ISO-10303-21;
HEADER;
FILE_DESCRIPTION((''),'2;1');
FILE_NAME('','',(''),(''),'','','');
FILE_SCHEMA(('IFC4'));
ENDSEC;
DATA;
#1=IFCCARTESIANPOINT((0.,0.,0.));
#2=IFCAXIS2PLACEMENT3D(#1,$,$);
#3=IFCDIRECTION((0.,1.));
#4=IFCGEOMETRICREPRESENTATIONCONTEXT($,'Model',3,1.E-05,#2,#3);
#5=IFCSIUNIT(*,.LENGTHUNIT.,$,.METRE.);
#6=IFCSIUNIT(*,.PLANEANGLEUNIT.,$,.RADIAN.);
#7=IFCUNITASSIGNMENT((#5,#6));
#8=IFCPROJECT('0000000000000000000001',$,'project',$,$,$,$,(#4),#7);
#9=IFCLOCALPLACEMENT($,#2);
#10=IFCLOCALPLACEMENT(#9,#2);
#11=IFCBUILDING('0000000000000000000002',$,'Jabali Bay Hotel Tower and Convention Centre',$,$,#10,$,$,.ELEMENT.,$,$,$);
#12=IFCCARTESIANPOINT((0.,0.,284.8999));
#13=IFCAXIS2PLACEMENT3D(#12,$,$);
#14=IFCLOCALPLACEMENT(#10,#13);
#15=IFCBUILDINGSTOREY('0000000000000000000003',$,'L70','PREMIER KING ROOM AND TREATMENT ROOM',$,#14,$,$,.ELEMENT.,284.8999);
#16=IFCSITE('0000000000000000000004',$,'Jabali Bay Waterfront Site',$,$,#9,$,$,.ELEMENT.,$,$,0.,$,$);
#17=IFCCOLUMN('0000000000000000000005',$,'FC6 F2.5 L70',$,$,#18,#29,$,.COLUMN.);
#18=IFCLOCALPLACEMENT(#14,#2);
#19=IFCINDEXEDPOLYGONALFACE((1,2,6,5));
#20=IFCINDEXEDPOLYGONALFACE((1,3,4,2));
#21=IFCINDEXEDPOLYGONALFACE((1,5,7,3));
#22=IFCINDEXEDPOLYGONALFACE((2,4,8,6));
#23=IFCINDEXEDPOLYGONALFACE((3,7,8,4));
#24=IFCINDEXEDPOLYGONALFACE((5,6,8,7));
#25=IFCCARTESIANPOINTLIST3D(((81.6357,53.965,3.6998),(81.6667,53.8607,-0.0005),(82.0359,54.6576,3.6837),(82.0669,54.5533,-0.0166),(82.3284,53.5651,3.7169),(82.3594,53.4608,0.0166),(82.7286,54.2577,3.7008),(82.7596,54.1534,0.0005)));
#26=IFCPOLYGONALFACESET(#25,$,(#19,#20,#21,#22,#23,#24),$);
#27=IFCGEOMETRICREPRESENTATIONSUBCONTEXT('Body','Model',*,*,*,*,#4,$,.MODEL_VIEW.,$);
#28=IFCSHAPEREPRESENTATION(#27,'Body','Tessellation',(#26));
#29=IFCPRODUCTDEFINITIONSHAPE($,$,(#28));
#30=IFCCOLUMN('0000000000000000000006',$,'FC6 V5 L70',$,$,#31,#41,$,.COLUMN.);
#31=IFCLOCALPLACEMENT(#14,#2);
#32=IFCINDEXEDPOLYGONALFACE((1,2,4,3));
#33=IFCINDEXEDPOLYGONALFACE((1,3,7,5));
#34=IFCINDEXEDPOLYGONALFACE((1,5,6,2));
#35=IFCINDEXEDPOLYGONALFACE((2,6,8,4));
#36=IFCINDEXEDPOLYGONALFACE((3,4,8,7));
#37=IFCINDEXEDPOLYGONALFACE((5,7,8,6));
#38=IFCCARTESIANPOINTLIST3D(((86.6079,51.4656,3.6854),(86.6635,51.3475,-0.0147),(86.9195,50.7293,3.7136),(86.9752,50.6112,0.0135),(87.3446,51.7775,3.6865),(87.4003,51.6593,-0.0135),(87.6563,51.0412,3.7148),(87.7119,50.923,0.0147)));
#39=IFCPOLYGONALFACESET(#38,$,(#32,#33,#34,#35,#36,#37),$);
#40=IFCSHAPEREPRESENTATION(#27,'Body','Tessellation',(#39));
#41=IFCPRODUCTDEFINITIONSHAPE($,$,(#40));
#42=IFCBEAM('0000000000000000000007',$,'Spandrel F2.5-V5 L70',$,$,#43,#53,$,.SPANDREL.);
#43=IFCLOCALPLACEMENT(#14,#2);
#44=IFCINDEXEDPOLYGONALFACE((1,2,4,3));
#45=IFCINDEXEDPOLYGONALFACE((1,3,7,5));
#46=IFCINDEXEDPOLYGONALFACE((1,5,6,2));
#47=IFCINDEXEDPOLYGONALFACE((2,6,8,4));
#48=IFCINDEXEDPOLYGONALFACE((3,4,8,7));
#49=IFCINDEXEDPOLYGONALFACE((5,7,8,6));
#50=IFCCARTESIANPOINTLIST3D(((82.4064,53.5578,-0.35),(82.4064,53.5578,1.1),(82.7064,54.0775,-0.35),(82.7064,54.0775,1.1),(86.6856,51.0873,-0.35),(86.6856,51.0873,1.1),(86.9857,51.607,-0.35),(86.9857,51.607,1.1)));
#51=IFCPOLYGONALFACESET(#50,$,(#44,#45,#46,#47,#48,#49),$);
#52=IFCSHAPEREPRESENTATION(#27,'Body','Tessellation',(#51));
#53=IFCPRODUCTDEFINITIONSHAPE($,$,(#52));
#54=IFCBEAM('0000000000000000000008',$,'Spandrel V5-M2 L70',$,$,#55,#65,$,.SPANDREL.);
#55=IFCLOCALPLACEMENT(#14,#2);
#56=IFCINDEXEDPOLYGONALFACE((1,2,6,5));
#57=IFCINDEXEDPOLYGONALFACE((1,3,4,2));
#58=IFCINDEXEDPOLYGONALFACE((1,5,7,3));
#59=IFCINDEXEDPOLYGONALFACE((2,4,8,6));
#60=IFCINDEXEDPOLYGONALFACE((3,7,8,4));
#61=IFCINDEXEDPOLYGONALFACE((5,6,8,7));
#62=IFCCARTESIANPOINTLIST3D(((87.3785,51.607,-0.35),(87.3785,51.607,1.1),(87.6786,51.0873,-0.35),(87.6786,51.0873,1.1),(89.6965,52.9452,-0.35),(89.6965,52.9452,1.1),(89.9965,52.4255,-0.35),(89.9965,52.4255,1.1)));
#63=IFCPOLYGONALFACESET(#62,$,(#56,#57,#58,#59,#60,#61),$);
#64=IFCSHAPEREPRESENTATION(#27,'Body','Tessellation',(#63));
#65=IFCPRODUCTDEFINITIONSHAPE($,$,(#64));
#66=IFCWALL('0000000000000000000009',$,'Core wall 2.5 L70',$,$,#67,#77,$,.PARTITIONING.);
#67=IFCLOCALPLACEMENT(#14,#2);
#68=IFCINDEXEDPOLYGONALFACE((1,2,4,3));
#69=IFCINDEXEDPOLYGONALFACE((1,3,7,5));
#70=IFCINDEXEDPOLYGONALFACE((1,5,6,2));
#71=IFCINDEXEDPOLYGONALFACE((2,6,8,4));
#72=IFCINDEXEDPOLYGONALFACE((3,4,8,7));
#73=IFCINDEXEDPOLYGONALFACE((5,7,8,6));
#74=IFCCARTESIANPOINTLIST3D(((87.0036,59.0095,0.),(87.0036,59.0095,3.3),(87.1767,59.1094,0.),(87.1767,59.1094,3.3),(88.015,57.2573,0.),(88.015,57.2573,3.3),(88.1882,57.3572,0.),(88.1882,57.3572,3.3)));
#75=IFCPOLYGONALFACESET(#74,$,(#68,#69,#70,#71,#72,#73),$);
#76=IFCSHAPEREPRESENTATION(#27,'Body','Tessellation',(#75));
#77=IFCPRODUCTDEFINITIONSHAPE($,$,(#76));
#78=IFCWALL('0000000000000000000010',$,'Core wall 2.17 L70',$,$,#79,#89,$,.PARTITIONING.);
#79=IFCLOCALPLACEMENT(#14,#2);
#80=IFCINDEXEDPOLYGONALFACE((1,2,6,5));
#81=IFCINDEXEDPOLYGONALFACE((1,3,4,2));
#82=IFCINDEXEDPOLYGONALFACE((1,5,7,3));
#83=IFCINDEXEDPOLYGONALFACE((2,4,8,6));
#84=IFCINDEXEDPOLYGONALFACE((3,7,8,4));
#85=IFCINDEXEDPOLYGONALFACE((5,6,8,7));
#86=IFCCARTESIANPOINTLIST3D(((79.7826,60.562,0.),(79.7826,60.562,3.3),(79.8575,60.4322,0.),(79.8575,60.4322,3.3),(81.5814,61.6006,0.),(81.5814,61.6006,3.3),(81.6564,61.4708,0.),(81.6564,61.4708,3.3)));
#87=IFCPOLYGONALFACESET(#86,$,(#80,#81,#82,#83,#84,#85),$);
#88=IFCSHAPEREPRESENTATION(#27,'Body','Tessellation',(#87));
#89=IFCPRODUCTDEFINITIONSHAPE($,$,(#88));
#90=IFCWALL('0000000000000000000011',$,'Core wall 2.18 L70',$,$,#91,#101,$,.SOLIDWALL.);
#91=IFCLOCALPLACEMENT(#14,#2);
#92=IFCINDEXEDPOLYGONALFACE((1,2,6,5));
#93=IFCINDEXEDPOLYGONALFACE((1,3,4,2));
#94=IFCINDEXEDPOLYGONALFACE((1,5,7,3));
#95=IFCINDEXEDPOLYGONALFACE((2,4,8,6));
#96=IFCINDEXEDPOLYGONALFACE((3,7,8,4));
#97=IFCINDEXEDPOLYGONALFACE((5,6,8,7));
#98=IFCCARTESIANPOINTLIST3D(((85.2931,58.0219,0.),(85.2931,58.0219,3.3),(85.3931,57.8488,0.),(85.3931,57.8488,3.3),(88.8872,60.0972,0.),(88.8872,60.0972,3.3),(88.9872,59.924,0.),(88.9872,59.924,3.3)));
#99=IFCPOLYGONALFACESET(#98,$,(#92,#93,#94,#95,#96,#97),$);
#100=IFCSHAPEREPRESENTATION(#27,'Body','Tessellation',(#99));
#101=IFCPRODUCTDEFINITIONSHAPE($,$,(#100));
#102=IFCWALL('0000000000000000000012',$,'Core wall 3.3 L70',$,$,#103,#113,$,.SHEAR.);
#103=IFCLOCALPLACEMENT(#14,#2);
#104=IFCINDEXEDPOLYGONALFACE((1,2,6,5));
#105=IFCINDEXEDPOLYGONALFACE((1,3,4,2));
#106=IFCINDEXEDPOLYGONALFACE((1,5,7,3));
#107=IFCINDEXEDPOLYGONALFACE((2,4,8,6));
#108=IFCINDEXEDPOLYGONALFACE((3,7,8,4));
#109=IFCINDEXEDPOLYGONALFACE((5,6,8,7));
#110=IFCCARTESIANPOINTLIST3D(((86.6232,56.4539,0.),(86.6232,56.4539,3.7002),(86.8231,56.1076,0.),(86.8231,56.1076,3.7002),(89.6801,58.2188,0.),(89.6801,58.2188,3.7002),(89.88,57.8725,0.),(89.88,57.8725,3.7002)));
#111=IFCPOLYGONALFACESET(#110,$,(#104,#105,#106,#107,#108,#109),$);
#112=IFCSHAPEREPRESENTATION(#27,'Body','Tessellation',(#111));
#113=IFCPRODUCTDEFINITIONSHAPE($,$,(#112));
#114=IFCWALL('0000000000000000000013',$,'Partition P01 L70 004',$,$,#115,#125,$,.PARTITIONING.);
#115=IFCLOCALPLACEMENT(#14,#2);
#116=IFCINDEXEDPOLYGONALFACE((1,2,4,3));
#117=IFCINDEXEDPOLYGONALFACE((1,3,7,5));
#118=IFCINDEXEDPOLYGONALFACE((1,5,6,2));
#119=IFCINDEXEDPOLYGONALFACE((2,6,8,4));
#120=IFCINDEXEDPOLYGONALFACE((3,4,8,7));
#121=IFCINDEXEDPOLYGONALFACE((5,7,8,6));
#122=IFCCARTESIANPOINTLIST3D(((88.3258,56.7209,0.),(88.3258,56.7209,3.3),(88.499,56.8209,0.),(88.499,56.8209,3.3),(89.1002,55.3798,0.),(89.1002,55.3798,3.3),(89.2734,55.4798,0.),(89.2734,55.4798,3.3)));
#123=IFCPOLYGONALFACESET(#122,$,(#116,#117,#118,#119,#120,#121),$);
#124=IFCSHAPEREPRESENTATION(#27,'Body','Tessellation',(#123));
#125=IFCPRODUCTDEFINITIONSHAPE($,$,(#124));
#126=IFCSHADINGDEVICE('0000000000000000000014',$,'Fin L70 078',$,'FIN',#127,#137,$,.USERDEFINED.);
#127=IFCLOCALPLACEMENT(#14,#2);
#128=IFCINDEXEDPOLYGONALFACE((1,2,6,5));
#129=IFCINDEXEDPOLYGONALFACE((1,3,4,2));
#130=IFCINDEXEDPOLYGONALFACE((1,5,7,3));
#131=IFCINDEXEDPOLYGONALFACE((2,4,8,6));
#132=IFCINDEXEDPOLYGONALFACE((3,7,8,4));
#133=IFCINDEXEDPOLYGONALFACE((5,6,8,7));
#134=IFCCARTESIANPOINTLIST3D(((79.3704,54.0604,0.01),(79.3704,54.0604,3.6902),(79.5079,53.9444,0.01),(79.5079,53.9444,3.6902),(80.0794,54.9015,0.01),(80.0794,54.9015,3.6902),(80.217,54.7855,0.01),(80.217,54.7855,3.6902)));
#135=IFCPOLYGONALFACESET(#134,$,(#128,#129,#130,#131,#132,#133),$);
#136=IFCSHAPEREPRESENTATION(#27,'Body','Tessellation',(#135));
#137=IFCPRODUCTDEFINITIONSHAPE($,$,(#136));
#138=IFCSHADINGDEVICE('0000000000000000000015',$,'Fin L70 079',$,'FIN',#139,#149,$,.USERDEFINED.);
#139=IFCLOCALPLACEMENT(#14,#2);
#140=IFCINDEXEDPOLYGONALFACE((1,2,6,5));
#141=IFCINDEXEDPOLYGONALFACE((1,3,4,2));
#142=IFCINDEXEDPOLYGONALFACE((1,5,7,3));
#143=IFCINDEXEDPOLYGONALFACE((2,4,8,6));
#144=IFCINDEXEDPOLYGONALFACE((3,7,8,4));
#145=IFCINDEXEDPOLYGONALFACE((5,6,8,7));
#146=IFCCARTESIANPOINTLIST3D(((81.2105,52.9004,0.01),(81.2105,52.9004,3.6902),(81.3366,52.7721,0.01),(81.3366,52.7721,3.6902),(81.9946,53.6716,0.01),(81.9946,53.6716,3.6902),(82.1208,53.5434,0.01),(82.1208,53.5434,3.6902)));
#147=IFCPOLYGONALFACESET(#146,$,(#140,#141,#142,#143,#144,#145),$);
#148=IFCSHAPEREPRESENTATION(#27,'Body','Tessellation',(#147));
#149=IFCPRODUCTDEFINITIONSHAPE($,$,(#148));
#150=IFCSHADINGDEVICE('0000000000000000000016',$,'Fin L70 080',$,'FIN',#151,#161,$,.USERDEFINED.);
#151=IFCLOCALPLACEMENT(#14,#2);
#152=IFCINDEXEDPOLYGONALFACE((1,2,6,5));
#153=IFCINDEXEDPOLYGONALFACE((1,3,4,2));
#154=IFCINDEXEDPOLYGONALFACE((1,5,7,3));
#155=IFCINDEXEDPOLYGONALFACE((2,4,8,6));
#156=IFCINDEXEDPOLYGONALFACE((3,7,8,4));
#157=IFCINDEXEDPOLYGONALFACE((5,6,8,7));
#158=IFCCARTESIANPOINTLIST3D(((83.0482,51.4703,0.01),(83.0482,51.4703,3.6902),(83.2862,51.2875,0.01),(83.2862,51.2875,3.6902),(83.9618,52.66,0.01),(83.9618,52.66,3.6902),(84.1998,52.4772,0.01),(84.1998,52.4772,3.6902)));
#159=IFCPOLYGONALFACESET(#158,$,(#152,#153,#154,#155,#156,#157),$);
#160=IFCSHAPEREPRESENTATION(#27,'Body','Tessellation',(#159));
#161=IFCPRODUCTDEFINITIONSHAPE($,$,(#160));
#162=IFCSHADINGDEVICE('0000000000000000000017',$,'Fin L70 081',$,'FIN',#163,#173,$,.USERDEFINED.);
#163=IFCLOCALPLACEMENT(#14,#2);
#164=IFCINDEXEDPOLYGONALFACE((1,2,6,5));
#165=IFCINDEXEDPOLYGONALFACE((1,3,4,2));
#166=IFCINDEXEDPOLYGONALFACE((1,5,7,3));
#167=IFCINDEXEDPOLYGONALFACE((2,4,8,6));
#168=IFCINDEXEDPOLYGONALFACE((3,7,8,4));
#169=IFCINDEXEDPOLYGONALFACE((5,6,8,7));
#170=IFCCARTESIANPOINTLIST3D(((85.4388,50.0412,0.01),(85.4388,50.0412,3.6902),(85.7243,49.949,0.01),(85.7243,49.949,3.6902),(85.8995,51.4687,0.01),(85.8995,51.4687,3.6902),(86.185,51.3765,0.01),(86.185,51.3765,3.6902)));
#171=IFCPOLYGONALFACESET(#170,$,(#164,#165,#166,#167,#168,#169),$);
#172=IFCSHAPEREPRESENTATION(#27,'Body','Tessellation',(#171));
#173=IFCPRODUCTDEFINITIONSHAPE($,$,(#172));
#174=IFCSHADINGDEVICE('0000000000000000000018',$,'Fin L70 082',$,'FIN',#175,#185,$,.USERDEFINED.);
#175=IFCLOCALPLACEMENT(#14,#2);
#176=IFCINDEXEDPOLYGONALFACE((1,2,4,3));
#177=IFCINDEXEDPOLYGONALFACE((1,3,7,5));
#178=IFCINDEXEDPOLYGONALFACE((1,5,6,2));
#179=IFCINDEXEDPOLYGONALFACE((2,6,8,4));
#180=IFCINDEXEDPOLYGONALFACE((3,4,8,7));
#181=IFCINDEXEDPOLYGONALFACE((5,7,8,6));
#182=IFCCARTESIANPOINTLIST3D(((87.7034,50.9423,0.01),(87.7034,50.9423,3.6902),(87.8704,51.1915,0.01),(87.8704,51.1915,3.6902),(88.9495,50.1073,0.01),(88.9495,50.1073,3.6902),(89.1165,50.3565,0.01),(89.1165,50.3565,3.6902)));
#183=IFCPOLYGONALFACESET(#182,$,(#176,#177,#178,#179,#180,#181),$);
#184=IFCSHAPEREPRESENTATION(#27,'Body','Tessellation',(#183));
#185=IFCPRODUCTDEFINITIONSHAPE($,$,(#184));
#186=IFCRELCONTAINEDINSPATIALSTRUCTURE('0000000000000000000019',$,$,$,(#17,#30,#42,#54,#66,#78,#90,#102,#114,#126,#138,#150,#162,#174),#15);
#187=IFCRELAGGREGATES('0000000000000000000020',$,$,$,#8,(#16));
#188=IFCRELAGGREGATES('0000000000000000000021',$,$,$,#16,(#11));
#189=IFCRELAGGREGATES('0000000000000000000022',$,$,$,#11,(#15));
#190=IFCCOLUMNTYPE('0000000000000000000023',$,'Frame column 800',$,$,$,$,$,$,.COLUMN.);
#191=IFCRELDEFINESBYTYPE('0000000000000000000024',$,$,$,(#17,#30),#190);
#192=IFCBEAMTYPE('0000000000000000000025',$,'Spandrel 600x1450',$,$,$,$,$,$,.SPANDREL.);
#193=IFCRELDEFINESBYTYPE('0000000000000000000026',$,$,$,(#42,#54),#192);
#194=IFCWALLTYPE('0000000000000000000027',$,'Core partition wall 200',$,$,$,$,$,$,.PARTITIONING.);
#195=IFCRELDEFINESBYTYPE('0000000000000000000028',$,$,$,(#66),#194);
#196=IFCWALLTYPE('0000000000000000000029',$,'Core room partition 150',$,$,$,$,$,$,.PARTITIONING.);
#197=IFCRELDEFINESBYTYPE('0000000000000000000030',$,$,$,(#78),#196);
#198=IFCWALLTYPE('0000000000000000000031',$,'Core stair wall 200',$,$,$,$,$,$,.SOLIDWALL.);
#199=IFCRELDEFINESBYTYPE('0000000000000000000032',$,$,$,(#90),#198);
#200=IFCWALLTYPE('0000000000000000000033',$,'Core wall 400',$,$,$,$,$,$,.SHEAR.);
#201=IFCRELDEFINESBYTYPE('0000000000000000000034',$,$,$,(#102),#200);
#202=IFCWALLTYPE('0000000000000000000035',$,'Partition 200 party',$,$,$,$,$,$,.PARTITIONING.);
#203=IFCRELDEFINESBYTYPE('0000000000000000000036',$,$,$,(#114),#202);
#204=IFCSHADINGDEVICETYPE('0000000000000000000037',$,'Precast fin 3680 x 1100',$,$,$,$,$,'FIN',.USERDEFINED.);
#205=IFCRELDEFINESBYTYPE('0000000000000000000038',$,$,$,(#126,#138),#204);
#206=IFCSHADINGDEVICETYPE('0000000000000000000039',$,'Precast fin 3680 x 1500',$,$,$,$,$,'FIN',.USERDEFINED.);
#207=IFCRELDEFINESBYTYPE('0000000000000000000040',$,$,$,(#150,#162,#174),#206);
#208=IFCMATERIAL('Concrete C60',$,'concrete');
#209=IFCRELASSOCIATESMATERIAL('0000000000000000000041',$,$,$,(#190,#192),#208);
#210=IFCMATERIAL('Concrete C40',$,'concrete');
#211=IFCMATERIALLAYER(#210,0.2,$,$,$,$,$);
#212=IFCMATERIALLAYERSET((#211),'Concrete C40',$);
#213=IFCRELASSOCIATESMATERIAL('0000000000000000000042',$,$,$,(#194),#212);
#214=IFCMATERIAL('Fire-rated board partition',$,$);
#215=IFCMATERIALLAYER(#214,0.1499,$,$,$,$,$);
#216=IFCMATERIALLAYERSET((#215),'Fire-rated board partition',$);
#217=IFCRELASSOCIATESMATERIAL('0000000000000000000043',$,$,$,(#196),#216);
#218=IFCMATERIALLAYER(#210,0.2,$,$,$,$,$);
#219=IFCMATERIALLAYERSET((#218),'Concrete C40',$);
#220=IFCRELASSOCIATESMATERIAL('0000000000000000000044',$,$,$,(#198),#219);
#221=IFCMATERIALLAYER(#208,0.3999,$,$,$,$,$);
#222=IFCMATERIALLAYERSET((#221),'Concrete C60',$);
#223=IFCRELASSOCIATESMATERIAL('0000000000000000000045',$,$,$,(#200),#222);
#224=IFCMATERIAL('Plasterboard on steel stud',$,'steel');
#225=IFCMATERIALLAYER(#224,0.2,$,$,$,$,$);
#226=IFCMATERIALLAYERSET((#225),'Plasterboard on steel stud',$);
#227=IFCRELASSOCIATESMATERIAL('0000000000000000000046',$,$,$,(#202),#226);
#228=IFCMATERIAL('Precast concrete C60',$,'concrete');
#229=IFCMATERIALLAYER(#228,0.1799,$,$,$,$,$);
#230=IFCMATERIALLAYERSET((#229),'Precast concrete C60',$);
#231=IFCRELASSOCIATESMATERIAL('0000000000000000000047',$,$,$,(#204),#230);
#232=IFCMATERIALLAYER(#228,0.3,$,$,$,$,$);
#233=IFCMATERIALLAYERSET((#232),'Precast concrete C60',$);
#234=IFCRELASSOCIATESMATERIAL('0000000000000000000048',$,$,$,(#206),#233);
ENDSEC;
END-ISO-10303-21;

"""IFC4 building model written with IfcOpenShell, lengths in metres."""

from ifc_helpers import new_model, si_unit, direction, frame, frame_2d, origin, origin_2d, place, context, subcontext, project, spatial, rectangle, extrude, material, layer, layer_set, material_profile, profile_set, type_object, element, save


model = new_model("IFC4")

# Units and contexts
model_context = context("Model", 3, precision=1e-05, world=origin(), true_north=direction((0.0, 1.0)))
body_context = subcontext(model_context, "Body", "Model", "MODEL_VIEW")
ifc_project = project(units=[si_unit("LENGTHUNIT", "METRE"), si_unit("PLANEANGLEUNIT", "RADIAN")], contexts=[model_context])

# Site, building, storey
site_placement = place(None, origin())
site = spatial("IfcSite", under=ifc_project, at=site_placement, Name="Jabali Bay Waterfront Site", CompositionType="ELEMENT", RefElevation=0.0)
building_placement = place(site_placement, origin())
building = spatial("IfcBuilding", under=site, at=building_placement, Name="Jabali Bay Hotel Tower and Convention Centre", CompositionType="ELEMENT")
storey_placement = place(building_placement, frame((0.0, 0.0, 284.8999)))
storey = spatial("IfcBuildingStorey", under=building, at=storey_placement, Name="L70", Description="PREMIER KING ROOM AND TREATMENT ROOM", CompositionType="ELEMENT", Elevation=284.8999)

# Columns
ifc_material_1 = material(Name="Concrete C60", Category="concrete")
ifc_material_profile_1 = material_profile(ifc_material_1, rectangle(XDim=0.8, YDim=0.8, at=origin_2d()), Name="Frame column 800")
ifc_profile_set_1 = profile_set([ifc_material_profile_1], Name="Concrete C60")
column_type = type_object("IfcColumnType", Name="Frame column 800", PredefinedType="COLUMN", material=ifc_profile_set_1)
column_1_placement = place(storey_placement, frame((82.2131, 54.0071, 0.0), z_axis=(-0.008376, 0.028161, 0.999568), x_axis=(-0.50023, -0.865657, 0.020197)))
element("IfcColumn", 1, at=column_1_placement, inside=storey, type_object=column_type, Name="FC6 F2.5 L70", PredefinedType="COLUMN", context=body_context, shape_type="SweptSolid", body=[
    extrude(rectangle(XDim=0.8, YDim=0.8, at=origin_2d()), origin(), (0.0, 0.0, 1.0), 3.7019),
])
column_2_placement = place(storey_placement, frame((87.1877, 51.1353, 0.0), z_axis=(-0.015034, 0.031915, 0.999378), x_axis=(0.389521, -0.920343, 0.035251)))
element("IfcColumn", 2, at=column_2_placement, inside=storey, type_object=column_type, Name="FC6 V5 L70", PredefinedType="COLUMN", context=body_context, shape_type="SweptSolid", body=[
    extrude(rectangle(XDim=0.8, YDim=0.8, at=origin_2d()), origin(), (0.0, 0.0, 1.0), 3.7024),
])

# Beams
ifc_material_profile_2 = material_profile(ifc_material_1, rectangle(XDim=0.6001, YDim=1.45, at=origin_2d()), Name="Spandrel 600x1450")
ifc_profile_set_2 = profile_set([ifc_material_profile_2], Name="Concrete C60")
beam_type = type_object("IfcBeamType", Name="Spandrel 600x1450", PredefinedType="SPANDREL", material=ifc_profile_set_2)
beam_1_placement = place(storey_placement, frame((82.5564, 53.8176, 0.375), z_axis=(0.866042, -0.499971, 0.0), x_axis=(0.499971, 0.866042, 0.0)))
element("IfcBeam", 3, at=beam_1_placement, inside=storey, type_object=beam_type, Name="Spandrel F2.5-V5 L70", PredefinedType="SPANDREL", context=body_context, shape_type="SweptSolid", body=[
    extrude(rectangle(XDim=0.6001, YDim=1.45, at=origin_2d()), origin(), (0.0, 0.0, 1.0), 4.9412),
])
beam_2_placement = place(storey_placement, frame((87.5286, 51.3472, 0.375), z_axis=(0.86604, 0.499975, 0.0), x_axis=(-0.499975, 0.86604, 0.0)))
element("IfcBeam", 4, at=beam_2_placement, inside=storey, type_object=beam_type, Name="Spandrel V5-M2 L70", PredefinedType="SPANDREL", context=body_context, shape_type="SweptSolid", body=[
    extrude(rectangle(XDim=0.6001, YDim=1.45, at=origin_2d()), origin(), (0.0, 0.0, 1.0), 2.6765),
])

# Walls
ifc_material_2 = material(Name="Concrete C40", Category="concrete")
ifc_layer_1 = layer(ifc_material_2, 0.2)
ifc_layer_set_1 = layer_set([ifc_layer_1], Name="Concrete C40")
wall_type_1 = type_object("IfcWallType", Name="Core partition wall 200", PredefinedType="PARTITIONING", material=ifc_layer_set_1)
wall_1_placement = place(storey_placement, frame((87.0901, 59.0596, 0.0), z_axis=(0.0, 0.0, 1.0), x_axis=(0.499942, -0.866059, 0.0)))
element("IfcWall", 5, at=wall_1_placement, inside=storey, type_object=wall_type_1, Name="Core wall 2.5 L70", PredefinedType="PARTITIONING", context=body_context, shape_type="SweptSolid", body=[
    extrude(rectangle(XDim=2.0232, YDim=0.2, at=frame_2d((1.0117, 0.0))), origin(), (0.0, 0.0, 1.0), 3.3),
])
ifc_material_3 = material(Name="Fire-rated board partition")
ifc_layer_2 = layer(ifc_material_3, 0.1499)
ifc_layer_set_2 = layer_set([ifc_layer_2], Name="Fire-rated board partition")
wall_type_2 = type_object("IfcWallType", Name="Core room partition 150", PredefinedType="PARTITIONING", material=ifc_layer_set_2)
wall_2_placement = place(storey_placement, frame((79.8201, 60.4971, 0.0), z_axis=(0.0, 0.0, 1.0), x_axis=(0.866021, 0.500007, 0.0)))
element("IfcWall", 6, at=wall_2_placement, inside=storey, type_object=wall_type_2, Name="Core wall 2.17 L70", PredefinedType="PARTITIONING", context=body_context, shape_type="SweptSolid", body=[
    extrude(rectangle(XDim=2.0771, YDim=0.1499, at=frame_2d((1.0386, 0.0))), origin(), (0.0, 0.0, 1.0), 3.3),
])
ifc_layer_3 = layer(ifc_material_2, 0.2)
ifc_layer_set_3 = layer_set([ifc_layer_3], Name="Concrete C40")
wall_type_3 = type_object("IfcWallType", Name="Core stair wall 200", PredefinedType="SOLIDWALL", material=ifc_layer_set_3)
wall_3_placement = place(storey_placement, frame((85.343, 57.9353, 0.0), z_axis=(0.0, 0.0, 1.0), x_axis=(0.866004, 0.500036, 0.0)))
element("IfcWall", 7, at=wall_3_placement, inside=storey, type_object=wall_type_3, Name="Core wall 2.18 L70", PredefinedType="SOLIDWALL", context=body_context, shape_type="SweptSolid", body=[
    extrude(rectangle(XDim=4.1501, YDim=0.2, at=frame_2d((2.0752, 0.0))), origin(), (0.0, 0.0, 1.0), 3.3),
])
ifc_layer_4 = layer(ifc_material_1, 0.3999)
ifc_layer_set_4 = layer_set([ifc_layer_4], Name="Concrete C60")
wall_type_4 = type_object("IfcWallType", Name="Core wall 400", PredefinedType="SHEAR", material=ifc_layer_set_4)
wall_4_placement = place(storey_placement, frame((86.7231, 56.2808, 0.0), z_axis=(0.0, 0.0, 1.0), x_axis=(0.866025, 0.5, 0.0)))
element("IfcWall", 8, at=wall_4_placement, inside=storey, type_object=wall_type_4, Name="Core wall 3.3 L70", PredefinedType="SHEAR", context=body_context, shape_type="SweptSolid", body=[
    extrude(rectangle(XDim=3.5298, YDim=0.3999, at=frame_2d((1.7649, 0.0))), origin(), (0.0, 0.0, 1.0), 3.7002),
])

# Wall
ifc_material_4 = material(Name="Plasterboard on steel stud", Category="steel")
ifc_layer_5 = layer(ifc_material_4, 0.2)
ifc_layer_set_5 = layer_set([ifc_layer_5], Name="Plasterboard on steel stud")
wall_type_5 = type_object("IfcWallType", Name="Partition 200 party", PredefinedType="PARTITIONING", material=ifc_layer_set_5)
wall_5_placement = place(storey_placement, frame((88.4124, 56.771, 0.0), z_axis=(0.0, 0.0, 1.0), x_axis=(0.500073, -0.865983, 0.0)))
element("IfcWall", 9, at=wall_5_placement, inside=storey, type_object=wall_type_5, Name="Partition P01 L70 004", PredefinedType="PARTITIONING", context=body_context, shape_type="SweptSolid", body=[
    extrude(rectangle(XDim=1.5486, YDim=0.2, at=frame_2d((0.7744, 0.0))), origin(), (0.0, 0.0, 1.0), 3.3),
])

# Shading devices
ifc_material_5 = material(Name="Precast concrete C60", Category="concrete")
ifc_layer_6 = layer(ifc_material_5, 0.1799)
ifc_layer_set_6 = layer_set([ifc_layer_6], Name="Precast concrete C60")
shading_device_type_1 = type_object("IfcShadingDeviceType", Name="Precast fin 3680 x 1100", ElementType="FIN", PredefinedType="USERDEFINED", material=ifc_layer_set_6)
shading_device_1_placement = place(storey_placement, frame((80.1482, 54.8435, 0.01), z_axis=(0.0, 0.0, 1.0), x_axis=(-0.644518, -0.764589, 0.0)))
element("IfcShadingDevice", 10, at=shading_device_1_placement, inside=storey, type_object=shading_device_type_1, Name="Fin L70 078", ObjectType="FIN", PredefinedType="USERDEFINED", context=body_context, shape_type="SweptSolid", body=[
    extrude(rectangle(XDim=1.1001, YDim=0.1799, at=frame_2d((0.55, 0.0))), origin(), (0.0, 0.0, 1.0), 3.6802),
])
shading_device_2_placement = place(storey_placement, frame((82.0576, 53.6074, 0.01), z_axis=(0.0, 0.0, 1.0), x_axis=(-0.712964, -0.7012, 0.0)))
element("IfcShadingDevice", 11, at=shading_device_2_placement, inside=storey, type_object=shading_device_type_1, Name="Fin L70 079", ObjectType="FIN", PredefinedType="USERDEFINED", context=body_context, shape_type="SweptSolid", body=[
    extrude(rectangle(XDim=1.0999, YDim=0.1799, at=frame_2d((0.5498, 0.0))), origin(), (0.0, 0.0, 1.0), 3.6802),
])
ifc_layer_7 = layer(ifc_material_5, 0.3)
ifc_layer_set_7 = layer_set([ifc_layer_7], Name="Precast concrete C60")
shading_device_type_2 = type_object("IfcShadingDeviceType", Name="Precast fin 3680 x 1500", ElementType="FIN", PredefinedType="USERDEFINED", material=ifc_layer_set_7)
for number, where, z_axis, x_axis, name in (
    (12, (84.0808, 52.5686, 0.01), (0.0, 0.0, 1.0), (-0.60905, -0.793132, 0.0), "Fin L70 080"),
    (13, (86.0422, 51.4226, 0.01), (0.0, 0.0, 1.0), (-0.307131, -0.951667, 0.0), "Fin L70 081"),
    (14, (87.7869, 51.0669, 0.01), (0.0, 0.0, 1.0), (0.830746, -0.556652, 0.0), "Fin L70 082"),
):
    element("IfcShadingDevice", number, at=place(storey_placement, frame(where, z_axis=z_axis, x_axis=x_axis)), inside=storey, type_object=shading_device_type_2, Name=name, ObjectType="FIN", PredefinedType="USERDEFINED", context=body_context, shape_type="SweptSolid", body=[
        extrude(rectangle(XDim=1.5, YDim=0.3, at=frame_2d((0.75, 0.0))), origin(), (0.0, 0.0, 1.0), 3.6802),
    ])

save(model, "model.ifc")
